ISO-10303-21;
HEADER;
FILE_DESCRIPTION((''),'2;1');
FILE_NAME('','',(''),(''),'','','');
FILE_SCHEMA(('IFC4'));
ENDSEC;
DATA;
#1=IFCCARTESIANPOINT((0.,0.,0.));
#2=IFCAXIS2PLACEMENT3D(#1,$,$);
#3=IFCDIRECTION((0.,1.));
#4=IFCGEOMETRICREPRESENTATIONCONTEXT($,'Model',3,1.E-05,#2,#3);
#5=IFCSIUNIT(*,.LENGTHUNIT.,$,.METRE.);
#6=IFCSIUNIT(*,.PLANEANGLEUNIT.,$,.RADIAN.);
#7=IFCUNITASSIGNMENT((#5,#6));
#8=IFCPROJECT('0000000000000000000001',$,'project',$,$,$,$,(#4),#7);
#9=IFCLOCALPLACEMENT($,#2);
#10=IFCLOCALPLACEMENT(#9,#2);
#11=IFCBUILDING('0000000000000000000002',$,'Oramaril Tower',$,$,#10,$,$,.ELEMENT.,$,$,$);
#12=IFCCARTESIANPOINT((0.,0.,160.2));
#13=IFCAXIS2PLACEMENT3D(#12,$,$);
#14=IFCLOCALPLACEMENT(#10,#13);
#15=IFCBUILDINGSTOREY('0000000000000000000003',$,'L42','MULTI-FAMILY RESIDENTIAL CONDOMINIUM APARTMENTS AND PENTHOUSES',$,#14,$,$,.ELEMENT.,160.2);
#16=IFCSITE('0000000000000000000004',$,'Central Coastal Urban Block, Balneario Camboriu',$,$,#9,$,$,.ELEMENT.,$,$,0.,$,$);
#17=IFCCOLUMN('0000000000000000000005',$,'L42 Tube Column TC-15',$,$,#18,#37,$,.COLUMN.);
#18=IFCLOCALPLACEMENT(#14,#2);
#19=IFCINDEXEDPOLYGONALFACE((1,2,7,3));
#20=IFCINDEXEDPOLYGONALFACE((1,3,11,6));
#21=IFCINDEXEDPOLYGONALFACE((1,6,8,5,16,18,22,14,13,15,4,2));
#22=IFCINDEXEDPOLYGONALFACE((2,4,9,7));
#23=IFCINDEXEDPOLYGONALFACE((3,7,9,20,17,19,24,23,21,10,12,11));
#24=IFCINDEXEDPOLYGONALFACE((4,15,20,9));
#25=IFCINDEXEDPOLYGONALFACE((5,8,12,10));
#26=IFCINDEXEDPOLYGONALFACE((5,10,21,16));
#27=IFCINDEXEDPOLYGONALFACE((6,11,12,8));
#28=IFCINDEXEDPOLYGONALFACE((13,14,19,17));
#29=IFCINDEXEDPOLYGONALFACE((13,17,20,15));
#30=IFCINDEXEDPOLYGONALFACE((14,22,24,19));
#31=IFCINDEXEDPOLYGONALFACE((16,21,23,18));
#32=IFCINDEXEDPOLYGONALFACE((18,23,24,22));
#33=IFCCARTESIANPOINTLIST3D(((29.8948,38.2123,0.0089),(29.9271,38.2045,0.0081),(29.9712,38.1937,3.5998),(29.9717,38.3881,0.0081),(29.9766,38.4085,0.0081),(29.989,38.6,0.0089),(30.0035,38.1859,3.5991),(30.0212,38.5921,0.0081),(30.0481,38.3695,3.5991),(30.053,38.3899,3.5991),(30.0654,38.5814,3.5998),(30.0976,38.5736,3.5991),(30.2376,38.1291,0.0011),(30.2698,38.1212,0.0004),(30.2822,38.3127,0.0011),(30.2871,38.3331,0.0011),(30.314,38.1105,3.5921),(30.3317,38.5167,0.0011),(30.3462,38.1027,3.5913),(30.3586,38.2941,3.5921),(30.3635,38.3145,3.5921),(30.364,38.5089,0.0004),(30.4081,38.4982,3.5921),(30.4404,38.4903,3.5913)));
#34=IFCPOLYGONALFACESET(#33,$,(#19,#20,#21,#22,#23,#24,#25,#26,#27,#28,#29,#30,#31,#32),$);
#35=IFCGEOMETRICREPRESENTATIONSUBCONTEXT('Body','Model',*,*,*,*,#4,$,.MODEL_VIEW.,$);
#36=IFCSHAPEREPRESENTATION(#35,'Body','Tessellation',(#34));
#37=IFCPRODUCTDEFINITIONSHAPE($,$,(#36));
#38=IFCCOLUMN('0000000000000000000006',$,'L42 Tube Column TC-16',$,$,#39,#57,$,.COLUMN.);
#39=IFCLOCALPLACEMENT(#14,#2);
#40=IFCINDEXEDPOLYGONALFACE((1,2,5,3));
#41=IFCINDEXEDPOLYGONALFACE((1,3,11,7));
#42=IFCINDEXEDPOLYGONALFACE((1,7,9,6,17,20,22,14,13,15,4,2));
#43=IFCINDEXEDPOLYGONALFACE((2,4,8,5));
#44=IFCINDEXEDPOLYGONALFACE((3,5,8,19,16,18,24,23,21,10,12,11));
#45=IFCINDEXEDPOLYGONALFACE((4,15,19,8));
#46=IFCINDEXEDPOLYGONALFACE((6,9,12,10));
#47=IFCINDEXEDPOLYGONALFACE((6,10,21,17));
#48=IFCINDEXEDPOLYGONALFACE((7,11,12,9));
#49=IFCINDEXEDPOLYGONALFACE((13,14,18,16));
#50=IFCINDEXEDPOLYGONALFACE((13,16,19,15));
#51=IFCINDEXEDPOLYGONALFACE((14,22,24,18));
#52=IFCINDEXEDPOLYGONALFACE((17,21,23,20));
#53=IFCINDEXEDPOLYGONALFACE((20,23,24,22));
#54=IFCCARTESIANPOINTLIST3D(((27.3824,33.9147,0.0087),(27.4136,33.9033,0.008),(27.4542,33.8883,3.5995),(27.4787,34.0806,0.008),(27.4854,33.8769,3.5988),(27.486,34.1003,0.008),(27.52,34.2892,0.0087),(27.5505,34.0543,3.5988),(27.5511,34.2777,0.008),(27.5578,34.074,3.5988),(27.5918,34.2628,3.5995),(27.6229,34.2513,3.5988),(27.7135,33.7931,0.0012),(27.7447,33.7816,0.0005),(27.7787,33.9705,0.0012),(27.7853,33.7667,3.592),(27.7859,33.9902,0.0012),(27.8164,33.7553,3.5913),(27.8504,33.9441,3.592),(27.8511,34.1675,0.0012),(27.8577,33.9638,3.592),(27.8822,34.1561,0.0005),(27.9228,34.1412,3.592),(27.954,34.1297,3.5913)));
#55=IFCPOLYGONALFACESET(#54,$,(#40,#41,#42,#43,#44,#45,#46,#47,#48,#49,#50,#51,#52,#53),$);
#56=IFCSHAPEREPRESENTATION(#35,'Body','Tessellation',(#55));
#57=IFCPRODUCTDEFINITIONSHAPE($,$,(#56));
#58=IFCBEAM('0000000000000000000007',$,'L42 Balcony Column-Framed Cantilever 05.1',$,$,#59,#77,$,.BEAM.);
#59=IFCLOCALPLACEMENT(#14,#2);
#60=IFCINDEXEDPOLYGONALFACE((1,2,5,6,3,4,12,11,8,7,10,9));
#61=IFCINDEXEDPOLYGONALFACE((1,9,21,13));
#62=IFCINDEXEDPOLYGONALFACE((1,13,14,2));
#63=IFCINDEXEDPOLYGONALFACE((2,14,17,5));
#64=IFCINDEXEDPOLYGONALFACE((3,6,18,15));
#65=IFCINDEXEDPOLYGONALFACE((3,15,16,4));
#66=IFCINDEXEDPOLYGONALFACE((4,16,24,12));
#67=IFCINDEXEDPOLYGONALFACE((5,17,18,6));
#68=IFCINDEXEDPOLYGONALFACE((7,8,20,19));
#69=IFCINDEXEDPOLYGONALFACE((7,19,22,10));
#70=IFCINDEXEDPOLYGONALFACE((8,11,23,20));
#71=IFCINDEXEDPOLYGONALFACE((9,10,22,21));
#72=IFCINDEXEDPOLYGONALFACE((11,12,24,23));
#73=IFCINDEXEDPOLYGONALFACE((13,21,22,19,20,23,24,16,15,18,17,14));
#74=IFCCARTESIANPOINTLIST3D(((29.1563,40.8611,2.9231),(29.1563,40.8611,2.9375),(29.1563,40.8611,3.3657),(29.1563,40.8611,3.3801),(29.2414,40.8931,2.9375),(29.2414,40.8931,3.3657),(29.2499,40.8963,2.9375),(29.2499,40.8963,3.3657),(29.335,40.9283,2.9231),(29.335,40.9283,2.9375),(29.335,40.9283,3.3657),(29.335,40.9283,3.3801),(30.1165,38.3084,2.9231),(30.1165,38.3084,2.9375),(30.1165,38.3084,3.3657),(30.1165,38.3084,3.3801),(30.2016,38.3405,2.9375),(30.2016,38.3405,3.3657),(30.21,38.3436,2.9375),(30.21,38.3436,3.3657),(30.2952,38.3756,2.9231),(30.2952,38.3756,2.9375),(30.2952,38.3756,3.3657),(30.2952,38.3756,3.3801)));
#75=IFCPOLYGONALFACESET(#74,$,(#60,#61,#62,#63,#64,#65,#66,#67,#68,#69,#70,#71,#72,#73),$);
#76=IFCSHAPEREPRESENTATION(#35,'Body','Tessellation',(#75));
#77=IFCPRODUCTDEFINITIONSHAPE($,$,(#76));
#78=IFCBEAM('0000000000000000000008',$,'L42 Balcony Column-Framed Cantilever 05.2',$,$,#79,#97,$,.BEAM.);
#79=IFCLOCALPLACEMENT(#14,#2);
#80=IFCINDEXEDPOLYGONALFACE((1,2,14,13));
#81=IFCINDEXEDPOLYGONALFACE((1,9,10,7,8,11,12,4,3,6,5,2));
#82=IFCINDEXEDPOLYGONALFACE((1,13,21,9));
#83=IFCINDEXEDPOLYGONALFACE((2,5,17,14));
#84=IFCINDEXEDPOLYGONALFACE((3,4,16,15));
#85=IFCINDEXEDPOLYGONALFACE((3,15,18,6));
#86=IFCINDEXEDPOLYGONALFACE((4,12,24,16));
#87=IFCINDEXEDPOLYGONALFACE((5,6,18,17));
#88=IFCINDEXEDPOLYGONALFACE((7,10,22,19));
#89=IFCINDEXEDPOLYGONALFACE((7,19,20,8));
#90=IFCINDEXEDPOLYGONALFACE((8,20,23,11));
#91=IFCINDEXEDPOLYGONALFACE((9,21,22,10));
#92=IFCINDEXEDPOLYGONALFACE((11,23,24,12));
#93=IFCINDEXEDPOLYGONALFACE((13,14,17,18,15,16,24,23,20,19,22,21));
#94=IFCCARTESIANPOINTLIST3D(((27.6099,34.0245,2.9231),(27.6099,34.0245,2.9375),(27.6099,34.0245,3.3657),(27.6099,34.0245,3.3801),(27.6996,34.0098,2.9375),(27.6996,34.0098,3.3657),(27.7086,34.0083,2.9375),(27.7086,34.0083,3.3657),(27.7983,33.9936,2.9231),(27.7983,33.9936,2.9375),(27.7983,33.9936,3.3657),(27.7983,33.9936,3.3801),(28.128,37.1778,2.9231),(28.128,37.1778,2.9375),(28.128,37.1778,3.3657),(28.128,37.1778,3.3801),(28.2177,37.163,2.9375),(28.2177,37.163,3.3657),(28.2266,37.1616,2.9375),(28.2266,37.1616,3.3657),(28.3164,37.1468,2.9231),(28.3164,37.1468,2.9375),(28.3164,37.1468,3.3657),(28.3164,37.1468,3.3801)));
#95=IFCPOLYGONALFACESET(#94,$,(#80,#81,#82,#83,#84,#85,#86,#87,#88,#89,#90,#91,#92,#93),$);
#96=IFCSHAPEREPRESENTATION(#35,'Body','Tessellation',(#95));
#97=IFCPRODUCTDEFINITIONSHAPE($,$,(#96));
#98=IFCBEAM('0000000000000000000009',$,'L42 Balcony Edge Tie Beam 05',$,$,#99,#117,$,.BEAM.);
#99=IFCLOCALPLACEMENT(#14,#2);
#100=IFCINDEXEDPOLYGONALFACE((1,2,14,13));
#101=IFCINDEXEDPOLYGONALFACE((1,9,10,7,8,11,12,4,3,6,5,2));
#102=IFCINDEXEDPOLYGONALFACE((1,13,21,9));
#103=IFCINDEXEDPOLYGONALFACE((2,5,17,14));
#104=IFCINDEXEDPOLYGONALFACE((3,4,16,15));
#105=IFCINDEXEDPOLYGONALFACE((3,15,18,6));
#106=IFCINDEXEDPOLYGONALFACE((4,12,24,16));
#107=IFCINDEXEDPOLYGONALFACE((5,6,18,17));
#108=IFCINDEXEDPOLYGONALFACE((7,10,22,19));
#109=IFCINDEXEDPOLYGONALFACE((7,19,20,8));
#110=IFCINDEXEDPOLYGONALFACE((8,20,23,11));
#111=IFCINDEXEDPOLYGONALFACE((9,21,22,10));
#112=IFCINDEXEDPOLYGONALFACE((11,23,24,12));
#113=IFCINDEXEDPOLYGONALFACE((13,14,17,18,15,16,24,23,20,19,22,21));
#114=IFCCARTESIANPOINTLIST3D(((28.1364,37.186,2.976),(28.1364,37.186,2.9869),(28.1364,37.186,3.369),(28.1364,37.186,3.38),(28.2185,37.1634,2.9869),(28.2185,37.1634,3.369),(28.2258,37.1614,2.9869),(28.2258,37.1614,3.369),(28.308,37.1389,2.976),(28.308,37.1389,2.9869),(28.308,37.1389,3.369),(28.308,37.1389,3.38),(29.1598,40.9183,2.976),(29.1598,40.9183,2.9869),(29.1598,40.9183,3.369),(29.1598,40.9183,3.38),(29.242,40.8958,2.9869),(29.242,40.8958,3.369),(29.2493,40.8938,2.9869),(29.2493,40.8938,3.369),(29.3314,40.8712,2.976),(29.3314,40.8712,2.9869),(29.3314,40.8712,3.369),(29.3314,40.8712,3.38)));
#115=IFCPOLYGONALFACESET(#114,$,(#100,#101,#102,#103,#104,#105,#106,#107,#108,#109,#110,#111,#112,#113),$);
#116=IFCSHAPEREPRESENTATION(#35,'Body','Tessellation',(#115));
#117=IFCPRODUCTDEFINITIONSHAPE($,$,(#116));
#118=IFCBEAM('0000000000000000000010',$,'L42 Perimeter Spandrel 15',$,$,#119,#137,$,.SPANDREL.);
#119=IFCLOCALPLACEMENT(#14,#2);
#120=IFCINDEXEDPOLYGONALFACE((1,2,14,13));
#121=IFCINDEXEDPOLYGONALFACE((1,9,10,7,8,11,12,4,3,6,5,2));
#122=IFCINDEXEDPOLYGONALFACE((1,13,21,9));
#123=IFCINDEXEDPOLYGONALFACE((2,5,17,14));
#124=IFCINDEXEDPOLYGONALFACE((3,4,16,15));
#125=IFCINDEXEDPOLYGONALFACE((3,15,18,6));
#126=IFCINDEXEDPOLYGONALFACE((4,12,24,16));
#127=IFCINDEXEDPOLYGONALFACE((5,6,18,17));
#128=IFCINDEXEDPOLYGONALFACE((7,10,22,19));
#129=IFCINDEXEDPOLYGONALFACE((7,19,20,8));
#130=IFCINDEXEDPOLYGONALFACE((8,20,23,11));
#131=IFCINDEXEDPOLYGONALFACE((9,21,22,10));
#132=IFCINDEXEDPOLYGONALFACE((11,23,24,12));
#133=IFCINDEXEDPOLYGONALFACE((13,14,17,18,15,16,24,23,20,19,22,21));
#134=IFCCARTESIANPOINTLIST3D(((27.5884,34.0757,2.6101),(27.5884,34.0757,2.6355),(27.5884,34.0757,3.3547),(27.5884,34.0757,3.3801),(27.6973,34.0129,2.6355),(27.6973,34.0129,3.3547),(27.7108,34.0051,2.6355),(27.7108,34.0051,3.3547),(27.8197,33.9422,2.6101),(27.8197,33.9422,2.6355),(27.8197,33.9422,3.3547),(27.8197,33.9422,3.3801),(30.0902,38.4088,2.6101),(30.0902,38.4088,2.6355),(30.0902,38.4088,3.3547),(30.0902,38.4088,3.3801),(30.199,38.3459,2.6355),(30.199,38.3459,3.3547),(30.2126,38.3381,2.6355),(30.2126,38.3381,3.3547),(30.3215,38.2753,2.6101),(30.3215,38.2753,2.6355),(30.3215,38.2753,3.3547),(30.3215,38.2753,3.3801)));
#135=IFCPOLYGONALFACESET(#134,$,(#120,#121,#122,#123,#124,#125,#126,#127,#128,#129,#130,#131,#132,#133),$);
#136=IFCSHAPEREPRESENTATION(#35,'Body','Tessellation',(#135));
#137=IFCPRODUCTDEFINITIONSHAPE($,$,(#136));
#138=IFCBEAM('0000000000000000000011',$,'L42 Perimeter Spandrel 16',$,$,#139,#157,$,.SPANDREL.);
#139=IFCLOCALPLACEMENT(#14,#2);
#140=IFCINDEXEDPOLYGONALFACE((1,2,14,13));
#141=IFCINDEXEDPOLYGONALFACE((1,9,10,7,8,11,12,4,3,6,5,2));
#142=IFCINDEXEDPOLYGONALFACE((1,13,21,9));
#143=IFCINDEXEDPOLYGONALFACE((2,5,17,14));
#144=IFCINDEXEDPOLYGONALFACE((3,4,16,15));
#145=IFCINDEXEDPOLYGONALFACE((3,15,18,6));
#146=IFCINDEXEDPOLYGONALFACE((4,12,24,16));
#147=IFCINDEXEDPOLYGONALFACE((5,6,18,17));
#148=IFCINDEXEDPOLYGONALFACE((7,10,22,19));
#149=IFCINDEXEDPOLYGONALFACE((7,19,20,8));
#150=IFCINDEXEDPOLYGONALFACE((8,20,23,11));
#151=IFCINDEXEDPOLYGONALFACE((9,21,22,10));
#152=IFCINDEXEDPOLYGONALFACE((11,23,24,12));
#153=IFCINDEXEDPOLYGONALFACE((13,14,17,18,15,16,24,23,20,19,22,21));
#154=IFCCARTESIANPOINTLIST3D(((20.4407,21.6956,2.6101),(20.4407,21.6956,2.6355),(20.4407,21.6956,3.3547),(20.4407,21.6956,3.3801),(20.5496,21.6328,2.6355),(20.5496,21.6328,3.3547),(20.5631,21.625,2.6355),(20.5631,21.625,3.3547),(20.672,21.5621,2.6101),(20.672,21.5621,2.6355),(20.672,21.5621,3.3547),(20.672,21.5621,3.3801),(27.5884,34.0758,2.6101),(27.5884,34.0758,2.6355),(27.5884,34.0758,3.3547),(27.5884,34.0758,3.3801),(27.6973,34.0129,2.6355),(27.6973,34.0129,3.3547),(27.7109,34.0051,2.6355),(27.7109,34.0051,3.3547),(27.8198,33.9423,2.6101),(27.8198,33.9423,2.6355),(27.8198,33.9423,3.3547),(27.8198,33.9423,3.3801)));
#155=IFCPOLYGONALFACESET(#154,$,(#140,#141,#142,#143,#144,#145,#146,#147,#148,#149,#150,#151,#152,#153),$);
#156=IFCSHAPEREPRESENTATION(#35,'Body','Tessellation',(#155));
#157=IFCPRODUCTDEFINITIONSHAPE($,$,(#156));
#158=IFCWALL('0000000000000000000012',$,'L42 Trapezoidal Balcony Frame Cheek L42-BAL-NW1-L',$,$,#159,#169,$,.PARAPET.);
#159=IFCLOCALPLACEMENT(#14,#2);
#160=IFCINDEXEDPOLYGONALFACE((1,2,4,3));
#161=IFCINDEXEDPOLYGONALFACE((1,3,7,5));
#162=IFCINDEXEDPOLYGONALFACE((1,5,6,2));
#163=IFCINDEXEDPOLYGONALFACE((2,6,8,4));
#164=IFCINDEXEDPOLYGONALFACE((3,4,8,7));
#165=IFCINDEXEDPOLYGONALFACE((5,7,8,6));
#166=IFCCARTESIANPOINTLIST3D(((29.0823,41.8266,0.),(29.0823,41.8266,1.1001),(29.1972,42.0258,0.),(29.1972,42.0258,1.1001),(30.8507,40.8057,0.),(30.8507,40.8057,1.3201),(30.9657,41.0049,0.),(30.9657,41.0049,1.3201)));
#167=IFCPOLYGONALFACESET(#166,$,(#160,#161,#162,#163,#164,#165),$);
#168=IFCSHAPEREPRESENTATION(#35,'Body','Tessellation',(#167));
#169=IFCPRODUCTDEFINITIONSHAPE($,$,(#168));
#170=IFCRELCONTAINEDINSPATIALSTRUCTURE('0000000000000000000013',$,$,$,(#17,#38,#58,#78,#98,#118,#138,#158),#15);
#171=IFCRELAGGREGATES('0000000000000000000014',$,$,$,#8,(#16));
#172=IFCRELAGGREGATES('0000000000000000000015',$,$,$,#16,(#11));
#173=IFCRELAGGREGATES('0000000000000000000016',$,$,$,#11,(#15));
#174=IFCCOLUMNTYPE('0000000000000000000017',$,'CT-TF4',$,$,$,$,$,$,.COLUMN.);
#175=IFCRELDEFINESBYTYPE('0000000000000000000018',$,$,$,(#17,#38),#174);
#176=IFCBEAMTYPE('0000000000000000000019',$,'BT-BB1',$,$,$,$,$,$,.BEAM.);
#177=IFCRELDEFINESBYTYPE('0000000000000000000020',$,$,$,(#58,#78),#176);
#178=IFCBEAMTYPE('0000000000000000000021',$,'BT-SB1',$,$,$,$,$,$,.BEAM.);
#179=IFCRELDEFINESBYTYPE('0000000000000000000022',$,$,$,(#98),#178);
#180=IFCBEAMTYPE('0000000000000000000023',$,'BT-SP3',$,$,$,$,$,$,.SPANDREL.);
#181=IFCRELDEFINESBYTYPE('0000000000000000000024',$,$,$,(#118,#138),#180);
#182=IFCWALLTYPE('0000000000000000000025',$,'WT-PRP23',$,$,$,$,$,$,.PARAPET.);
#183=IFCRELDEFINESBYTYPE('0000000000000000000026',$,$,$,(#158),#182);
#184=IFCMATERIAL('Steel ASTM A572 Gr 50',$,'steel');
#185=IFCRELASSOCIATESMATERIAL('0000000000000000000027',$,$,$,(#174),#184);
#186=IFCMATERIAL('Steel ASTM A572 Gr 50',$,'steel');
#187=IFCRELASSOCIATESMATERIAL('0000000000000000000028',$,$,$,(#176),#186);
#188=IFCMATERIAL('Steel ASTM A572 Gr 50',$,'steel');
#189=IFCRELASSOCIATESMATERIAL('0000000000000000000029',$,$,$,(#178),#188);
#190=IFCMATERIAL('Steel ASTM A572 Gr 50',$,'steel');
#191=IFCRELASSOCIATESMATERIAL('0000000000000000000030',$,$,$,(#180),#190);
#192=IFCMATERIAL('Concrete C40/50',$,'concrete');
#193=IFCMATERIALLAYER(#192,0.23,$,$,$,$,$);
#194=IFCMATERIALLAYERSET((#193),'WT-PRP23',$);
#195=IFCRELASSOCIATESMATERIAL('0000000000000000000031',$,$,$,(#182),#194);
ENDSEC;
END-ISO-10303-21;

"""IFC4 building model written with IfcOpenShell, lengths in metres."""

from ifc_helpers import new_model, si_unit, direction, frame, origin, origin_2d, place, context, subcontext, project, spatial, polyline, i_section, outline, extrude, material, layer, layer_set, material_profile, profile_set, type_object, element, save


model = new_model("IFC4")

# Units and contexts
model_context = context("Model", 3, precision=1e-05, world=origin(), true_north=direction((0.0, 1.0)))
body_context = subcontext(model_context, "Body", "Model", "MODEL_VIEW")
ifc_project = project(units=[si_unit("LENGTHUNIT", "METRE"), si_unit("PLANEANGLEUNIT", "RADIAN")], contexts=[model_context])

# Site, building, storey
site_placement = place(None, origin())
site = spatial("IfcSite", under=ifc_project, at=site_placement, Name="Central Coastal Urban Block, Balneario Camboriu", CompositionType="ELEMENT", RefElevation=0.0)
building_placement = place(site_placement, origin())
building = spatial("IfcBuilding", under=site, at=building_placement, Name="Oramaril Tower", CompositionType="ELEMENT")
storey_placement = place(building_placement, frame((0.0, 0.0, 160.2)))
storey = spatial("IfcBuildingStorey", under=building, at=storey_placement, Name="L42", Description="MULTI-FAMILY RESIDENTIAL CONDOMINIUM APARTMENTS AND PENTHOUSES", CompositionType="ELEMENT", Elevation=160.2)

# Columns
ifc_material_1 = material(Name="Steel ASTM A572 Gr 50", Category="steel")
ifc_material_profile_1 = material_profile(ifc_material_1, i_section(OverallWidth=0.3989, OverallDepth=0.386, WebThickness=0.021, FlangeThickness=0.0332, at=origin_2d()), Name="W14X176")
ifc_profile_set_1 = profile_set([ifc_material_profile_1], Name="Steel ASTM A572 Gr 50")
column_type = type_object("IfcColumnType", Name="CT-TF4", PredefinedType="COLUMN", material=ifc_profile_set_1)
column_1_placement = place(storey_placement, frame((30.1294, 38.3606, 0.0046), z_axis=(0.021276, -0.005166, 0.99976), x_axis=(0.235955, 0.971764, 0.0)))
element("IfcColumn", 1, at=column_1_placement, inside=storey, type_object=column_type, Name="L42 Tube Column TC-15", PredefinedType="COLUMN", context=body_context, shape_type="SweptSolid", body=[
    extrude(i_section(OverallWidth=0.3989, OverallDepth=0.386, WebThickness=0.021, FlangeThickness=0.0332, at=origin_2d()), origin(), (0.0, 0.0, 1.0), 3.5918),
])
column_2_placement = place(storey_placement, frame((27.6323, 34.0354, 0.0046), z_axis=(0.019985, -0.007341, 0.999773), x_axis=(0.344817, 0.93867, 0.0)))
element("IfcColumn", 2, at=column_2_placement, inside=storey, type_object=column_type, Name="L42 Tube Column TC-16", PredefinedType="COLUMN", context=body_context, shape_type="SweptSolid", body=[
    extrude(i_section(OverallWidth=0.3989, OverallDepth=0.386, WebThickness=0.021, FlangeThickness=0.0332, at=origin_2d()), origin(), (0.0, 0.0, 1.0), 3.5916),
])

# Beams
ifc_material_2 = material(Name="Steel ASTM A572 Gr 50", Category="steel")
ifc_material_profile_2 = material_profile(ifc_material_2, i_section(OverallWidth=0.1909, OverallDepth=0.457, WebThickness=0.009, FlangeThickness=0.0144, at=origin_2d()), Name="W18X50")
ifc_profile_set_2 = profile_set([ifc_material_profile_2], Name="Steel ASTM A572 Gr 50")
beam_type_1 = type_object("IfcBeamType", Name="BT-BB1", PredefinedType="BEAM", material=ifc_profile_set_2)
beam_1_placement = place(storey_placement, frame((30.2058, 38.342, 3.1516), z_axis=(-0.352065, 0.935976, 0.0), x_axis=(-0.935976, -0.352065, 0.0)))
element("IfcBeam", 3, at=beam_1_placement, inside=storey, type_object=beam_type_1, Name="L42 Balcony Column-Framed Cantilever 05.1", PredefinedType="BEAM", context=body_context, shape_type="SweptSolid", body=[
    extrude(i_section(OverallWidth=0.1909, OverallDepth=0.457, WebThickness=0.009, FlangeThickness=0.0144, at=origin_2d()), origin(), (0.0, 0.0, 1.0), 2.7273),
])
beam_2_placement = place(storey_placement, frame((27.7041, 34.009, 3.1516), z_axis=(0.162119, 0.986771, 0.0), x_axis=(-0.986771, 0.162119, 0.0)))
element("IfcBeam", 4, at=beam_2_placement, inside=storey, type_object=beam_type_1, Name="L42 Balcony Column-Framed Cantilever 05.2", PredefinedType="BEAM", context=body_context, shape_type="SweptSolid", body=[
    extrude(i_section(OverallWidth=0.1909, OverallDepth=0.457, WebThickness=0.009, FlangeThickness=0.0144, at=origin_2d()), origin(), (0.0, 0.0, 1.0), 3.1956),
])
ifc_material_3 = material(Name="Steel ASTM A572 Gr 50", Category="steel")
ifc_material_profile_3 = material_profile(ifc_material_3, i_section(OverallWidth=0.178, OverallDepth=0.4041, WebThickness=0.0076, FlangeThickness=0.011, at=origin_2d()), Name="W16X36")
ifc_profile_set_3 = profile_set([ifc_material_profile_3], Name="Steel ASTM A572 Gr 50")
beam_type_2 = type_object("IfcBeamType", Name="BT-SB1", PredefinedType="BEAM", material=ifc_profile_set_3)
beam_3_placement = place(storey_placement, frame((29.2456, 40.8948, 3.178), z_axis=(-0.264441, -0.964402, 0.0), x_axis=(0.964402, -0.264441, 0.0)))
element("IfcBeam", 5, at=beam_3_placement, inside=storey, type_object=beam_type_2, Name="L42 Balcony Edge Tie Beam 05", PredefinedType="BEAM", context=body_context, shape_type="SweptSolid", body=[
    extrude(i_section(OverallWidth=0.178, OverallDepth=0.4041, WebThickness=0.0076, FlangeThickness=0.011, at=origin_2d()), origin(), (0.0, 0.0, 1.0), 3.8701),
])
ifc_material_4 = material(Name="Steel ASTM A572 Gr 50", Category="steel")
ifc_material_profile_4 = material_profile(ifc_material_4, i_section(OverallWidth=0.2671, OverallDepth=0.77, WebThickness=0.0156, FlangeThickness=0.0254, at=origin_2d()), Name="W30X132")
ifc_profile_set_4 = profile_set([ifc_material_profile_4], Name="Steel ASTM A572 Gr 50")
beam_type_3 = type_object("IfcBeamType", Name="BT-SP3", PredefinedType="SPANDREL", material=ifc_profile_set_4)
beam_4_placement = place(storey_placement, frame((30.2058, 38.342, 2.9951), z_axis=(-0.500007, -0.866021, 0.0), x_axis=(0.866021, -0.500007, 0.0)))
element("IfcBeam", 6, at=beam_4_placement, inside=storey, type_object=beam_type_3, Name="L42 Perimeter Spandrel 15", PredefinedType="SPANDREL", context=body_context, shape_type="SweptSolid", body=[
    extrude(i_section(OverallWidth=0.2671, OverallDepth=0.77, WebThickness=0.0156, FlangeThickness=0.0254, at=origin_2d()), origin(), (0.0, 0.0, 1.0), 5.0034),
])
beam_5_placement = place(storey_placement, frame((27.7041, 34.009, 2.9951), z_axis=(-0.500002, -0.866024, 0.0), x_axis=(0.866024, -0.500002, 0.0)))
element("IfcBeam", 7, at=beam_5_placement, inside=storey, type_object=beam_type_3, Name="L42 Perimeter Spandrel 16", PredefinedType="SPANDREL", context=body_context, shape_type="SweptSolid", body=[
    extrude(i_section(OverallWidth=0.2671, OverallDepth=0.77, WebThickness=0.0156, FlangeThickness=0.0254, at=origin_2d()), origin(), (0.0, 0.0, 1.0), 14.2954),
])

# Wall
ifc_material_5 = material(Name="Concrete C40/50", Category="concrete")
ifc_layer_1 = layer(ifc_material_5, 0.23)
ifc_layer_set_1 = layer_set([ifc_layer_1], Name="WT-PRP23")
wall_type_1 = type_object("IfcWallType", Name="WT-PRP23", PredefinedType="PARAPET", material=ifc_layer_set_1)
wall_1_placement = place(storey_placement, frame((30.9082, 40.9053, 0.0), z_axis=(0.0, 0.0, 1.0), x_axis=(-0.866042, 0.499971, 0.0)))
element("IfcWall", 8, at=wall_1_placement, inside=storey, type_object=wall_type_1, Name="L42 Trapezoidal Balcony Frame Cheek L42-BAL-NW1-L", PredefinedType="PARAPET", context=body_context, shape_type="SweptSolid", body=[
    extrude(outline(polyline([(0.0, 0.0), (2.042, 0.0), (2.042, 1.1001), (0.0, 1.3201), (0.0, 0.0)])), frame((0.0, 0.115, 0.0), z_axis=(0.0, -1.0, 0.0), x_axis=(1.0, 0.0, 0.0)), (0.0, 0.0, 1.0), 0.23),
])

save(model, "model.ifc")
